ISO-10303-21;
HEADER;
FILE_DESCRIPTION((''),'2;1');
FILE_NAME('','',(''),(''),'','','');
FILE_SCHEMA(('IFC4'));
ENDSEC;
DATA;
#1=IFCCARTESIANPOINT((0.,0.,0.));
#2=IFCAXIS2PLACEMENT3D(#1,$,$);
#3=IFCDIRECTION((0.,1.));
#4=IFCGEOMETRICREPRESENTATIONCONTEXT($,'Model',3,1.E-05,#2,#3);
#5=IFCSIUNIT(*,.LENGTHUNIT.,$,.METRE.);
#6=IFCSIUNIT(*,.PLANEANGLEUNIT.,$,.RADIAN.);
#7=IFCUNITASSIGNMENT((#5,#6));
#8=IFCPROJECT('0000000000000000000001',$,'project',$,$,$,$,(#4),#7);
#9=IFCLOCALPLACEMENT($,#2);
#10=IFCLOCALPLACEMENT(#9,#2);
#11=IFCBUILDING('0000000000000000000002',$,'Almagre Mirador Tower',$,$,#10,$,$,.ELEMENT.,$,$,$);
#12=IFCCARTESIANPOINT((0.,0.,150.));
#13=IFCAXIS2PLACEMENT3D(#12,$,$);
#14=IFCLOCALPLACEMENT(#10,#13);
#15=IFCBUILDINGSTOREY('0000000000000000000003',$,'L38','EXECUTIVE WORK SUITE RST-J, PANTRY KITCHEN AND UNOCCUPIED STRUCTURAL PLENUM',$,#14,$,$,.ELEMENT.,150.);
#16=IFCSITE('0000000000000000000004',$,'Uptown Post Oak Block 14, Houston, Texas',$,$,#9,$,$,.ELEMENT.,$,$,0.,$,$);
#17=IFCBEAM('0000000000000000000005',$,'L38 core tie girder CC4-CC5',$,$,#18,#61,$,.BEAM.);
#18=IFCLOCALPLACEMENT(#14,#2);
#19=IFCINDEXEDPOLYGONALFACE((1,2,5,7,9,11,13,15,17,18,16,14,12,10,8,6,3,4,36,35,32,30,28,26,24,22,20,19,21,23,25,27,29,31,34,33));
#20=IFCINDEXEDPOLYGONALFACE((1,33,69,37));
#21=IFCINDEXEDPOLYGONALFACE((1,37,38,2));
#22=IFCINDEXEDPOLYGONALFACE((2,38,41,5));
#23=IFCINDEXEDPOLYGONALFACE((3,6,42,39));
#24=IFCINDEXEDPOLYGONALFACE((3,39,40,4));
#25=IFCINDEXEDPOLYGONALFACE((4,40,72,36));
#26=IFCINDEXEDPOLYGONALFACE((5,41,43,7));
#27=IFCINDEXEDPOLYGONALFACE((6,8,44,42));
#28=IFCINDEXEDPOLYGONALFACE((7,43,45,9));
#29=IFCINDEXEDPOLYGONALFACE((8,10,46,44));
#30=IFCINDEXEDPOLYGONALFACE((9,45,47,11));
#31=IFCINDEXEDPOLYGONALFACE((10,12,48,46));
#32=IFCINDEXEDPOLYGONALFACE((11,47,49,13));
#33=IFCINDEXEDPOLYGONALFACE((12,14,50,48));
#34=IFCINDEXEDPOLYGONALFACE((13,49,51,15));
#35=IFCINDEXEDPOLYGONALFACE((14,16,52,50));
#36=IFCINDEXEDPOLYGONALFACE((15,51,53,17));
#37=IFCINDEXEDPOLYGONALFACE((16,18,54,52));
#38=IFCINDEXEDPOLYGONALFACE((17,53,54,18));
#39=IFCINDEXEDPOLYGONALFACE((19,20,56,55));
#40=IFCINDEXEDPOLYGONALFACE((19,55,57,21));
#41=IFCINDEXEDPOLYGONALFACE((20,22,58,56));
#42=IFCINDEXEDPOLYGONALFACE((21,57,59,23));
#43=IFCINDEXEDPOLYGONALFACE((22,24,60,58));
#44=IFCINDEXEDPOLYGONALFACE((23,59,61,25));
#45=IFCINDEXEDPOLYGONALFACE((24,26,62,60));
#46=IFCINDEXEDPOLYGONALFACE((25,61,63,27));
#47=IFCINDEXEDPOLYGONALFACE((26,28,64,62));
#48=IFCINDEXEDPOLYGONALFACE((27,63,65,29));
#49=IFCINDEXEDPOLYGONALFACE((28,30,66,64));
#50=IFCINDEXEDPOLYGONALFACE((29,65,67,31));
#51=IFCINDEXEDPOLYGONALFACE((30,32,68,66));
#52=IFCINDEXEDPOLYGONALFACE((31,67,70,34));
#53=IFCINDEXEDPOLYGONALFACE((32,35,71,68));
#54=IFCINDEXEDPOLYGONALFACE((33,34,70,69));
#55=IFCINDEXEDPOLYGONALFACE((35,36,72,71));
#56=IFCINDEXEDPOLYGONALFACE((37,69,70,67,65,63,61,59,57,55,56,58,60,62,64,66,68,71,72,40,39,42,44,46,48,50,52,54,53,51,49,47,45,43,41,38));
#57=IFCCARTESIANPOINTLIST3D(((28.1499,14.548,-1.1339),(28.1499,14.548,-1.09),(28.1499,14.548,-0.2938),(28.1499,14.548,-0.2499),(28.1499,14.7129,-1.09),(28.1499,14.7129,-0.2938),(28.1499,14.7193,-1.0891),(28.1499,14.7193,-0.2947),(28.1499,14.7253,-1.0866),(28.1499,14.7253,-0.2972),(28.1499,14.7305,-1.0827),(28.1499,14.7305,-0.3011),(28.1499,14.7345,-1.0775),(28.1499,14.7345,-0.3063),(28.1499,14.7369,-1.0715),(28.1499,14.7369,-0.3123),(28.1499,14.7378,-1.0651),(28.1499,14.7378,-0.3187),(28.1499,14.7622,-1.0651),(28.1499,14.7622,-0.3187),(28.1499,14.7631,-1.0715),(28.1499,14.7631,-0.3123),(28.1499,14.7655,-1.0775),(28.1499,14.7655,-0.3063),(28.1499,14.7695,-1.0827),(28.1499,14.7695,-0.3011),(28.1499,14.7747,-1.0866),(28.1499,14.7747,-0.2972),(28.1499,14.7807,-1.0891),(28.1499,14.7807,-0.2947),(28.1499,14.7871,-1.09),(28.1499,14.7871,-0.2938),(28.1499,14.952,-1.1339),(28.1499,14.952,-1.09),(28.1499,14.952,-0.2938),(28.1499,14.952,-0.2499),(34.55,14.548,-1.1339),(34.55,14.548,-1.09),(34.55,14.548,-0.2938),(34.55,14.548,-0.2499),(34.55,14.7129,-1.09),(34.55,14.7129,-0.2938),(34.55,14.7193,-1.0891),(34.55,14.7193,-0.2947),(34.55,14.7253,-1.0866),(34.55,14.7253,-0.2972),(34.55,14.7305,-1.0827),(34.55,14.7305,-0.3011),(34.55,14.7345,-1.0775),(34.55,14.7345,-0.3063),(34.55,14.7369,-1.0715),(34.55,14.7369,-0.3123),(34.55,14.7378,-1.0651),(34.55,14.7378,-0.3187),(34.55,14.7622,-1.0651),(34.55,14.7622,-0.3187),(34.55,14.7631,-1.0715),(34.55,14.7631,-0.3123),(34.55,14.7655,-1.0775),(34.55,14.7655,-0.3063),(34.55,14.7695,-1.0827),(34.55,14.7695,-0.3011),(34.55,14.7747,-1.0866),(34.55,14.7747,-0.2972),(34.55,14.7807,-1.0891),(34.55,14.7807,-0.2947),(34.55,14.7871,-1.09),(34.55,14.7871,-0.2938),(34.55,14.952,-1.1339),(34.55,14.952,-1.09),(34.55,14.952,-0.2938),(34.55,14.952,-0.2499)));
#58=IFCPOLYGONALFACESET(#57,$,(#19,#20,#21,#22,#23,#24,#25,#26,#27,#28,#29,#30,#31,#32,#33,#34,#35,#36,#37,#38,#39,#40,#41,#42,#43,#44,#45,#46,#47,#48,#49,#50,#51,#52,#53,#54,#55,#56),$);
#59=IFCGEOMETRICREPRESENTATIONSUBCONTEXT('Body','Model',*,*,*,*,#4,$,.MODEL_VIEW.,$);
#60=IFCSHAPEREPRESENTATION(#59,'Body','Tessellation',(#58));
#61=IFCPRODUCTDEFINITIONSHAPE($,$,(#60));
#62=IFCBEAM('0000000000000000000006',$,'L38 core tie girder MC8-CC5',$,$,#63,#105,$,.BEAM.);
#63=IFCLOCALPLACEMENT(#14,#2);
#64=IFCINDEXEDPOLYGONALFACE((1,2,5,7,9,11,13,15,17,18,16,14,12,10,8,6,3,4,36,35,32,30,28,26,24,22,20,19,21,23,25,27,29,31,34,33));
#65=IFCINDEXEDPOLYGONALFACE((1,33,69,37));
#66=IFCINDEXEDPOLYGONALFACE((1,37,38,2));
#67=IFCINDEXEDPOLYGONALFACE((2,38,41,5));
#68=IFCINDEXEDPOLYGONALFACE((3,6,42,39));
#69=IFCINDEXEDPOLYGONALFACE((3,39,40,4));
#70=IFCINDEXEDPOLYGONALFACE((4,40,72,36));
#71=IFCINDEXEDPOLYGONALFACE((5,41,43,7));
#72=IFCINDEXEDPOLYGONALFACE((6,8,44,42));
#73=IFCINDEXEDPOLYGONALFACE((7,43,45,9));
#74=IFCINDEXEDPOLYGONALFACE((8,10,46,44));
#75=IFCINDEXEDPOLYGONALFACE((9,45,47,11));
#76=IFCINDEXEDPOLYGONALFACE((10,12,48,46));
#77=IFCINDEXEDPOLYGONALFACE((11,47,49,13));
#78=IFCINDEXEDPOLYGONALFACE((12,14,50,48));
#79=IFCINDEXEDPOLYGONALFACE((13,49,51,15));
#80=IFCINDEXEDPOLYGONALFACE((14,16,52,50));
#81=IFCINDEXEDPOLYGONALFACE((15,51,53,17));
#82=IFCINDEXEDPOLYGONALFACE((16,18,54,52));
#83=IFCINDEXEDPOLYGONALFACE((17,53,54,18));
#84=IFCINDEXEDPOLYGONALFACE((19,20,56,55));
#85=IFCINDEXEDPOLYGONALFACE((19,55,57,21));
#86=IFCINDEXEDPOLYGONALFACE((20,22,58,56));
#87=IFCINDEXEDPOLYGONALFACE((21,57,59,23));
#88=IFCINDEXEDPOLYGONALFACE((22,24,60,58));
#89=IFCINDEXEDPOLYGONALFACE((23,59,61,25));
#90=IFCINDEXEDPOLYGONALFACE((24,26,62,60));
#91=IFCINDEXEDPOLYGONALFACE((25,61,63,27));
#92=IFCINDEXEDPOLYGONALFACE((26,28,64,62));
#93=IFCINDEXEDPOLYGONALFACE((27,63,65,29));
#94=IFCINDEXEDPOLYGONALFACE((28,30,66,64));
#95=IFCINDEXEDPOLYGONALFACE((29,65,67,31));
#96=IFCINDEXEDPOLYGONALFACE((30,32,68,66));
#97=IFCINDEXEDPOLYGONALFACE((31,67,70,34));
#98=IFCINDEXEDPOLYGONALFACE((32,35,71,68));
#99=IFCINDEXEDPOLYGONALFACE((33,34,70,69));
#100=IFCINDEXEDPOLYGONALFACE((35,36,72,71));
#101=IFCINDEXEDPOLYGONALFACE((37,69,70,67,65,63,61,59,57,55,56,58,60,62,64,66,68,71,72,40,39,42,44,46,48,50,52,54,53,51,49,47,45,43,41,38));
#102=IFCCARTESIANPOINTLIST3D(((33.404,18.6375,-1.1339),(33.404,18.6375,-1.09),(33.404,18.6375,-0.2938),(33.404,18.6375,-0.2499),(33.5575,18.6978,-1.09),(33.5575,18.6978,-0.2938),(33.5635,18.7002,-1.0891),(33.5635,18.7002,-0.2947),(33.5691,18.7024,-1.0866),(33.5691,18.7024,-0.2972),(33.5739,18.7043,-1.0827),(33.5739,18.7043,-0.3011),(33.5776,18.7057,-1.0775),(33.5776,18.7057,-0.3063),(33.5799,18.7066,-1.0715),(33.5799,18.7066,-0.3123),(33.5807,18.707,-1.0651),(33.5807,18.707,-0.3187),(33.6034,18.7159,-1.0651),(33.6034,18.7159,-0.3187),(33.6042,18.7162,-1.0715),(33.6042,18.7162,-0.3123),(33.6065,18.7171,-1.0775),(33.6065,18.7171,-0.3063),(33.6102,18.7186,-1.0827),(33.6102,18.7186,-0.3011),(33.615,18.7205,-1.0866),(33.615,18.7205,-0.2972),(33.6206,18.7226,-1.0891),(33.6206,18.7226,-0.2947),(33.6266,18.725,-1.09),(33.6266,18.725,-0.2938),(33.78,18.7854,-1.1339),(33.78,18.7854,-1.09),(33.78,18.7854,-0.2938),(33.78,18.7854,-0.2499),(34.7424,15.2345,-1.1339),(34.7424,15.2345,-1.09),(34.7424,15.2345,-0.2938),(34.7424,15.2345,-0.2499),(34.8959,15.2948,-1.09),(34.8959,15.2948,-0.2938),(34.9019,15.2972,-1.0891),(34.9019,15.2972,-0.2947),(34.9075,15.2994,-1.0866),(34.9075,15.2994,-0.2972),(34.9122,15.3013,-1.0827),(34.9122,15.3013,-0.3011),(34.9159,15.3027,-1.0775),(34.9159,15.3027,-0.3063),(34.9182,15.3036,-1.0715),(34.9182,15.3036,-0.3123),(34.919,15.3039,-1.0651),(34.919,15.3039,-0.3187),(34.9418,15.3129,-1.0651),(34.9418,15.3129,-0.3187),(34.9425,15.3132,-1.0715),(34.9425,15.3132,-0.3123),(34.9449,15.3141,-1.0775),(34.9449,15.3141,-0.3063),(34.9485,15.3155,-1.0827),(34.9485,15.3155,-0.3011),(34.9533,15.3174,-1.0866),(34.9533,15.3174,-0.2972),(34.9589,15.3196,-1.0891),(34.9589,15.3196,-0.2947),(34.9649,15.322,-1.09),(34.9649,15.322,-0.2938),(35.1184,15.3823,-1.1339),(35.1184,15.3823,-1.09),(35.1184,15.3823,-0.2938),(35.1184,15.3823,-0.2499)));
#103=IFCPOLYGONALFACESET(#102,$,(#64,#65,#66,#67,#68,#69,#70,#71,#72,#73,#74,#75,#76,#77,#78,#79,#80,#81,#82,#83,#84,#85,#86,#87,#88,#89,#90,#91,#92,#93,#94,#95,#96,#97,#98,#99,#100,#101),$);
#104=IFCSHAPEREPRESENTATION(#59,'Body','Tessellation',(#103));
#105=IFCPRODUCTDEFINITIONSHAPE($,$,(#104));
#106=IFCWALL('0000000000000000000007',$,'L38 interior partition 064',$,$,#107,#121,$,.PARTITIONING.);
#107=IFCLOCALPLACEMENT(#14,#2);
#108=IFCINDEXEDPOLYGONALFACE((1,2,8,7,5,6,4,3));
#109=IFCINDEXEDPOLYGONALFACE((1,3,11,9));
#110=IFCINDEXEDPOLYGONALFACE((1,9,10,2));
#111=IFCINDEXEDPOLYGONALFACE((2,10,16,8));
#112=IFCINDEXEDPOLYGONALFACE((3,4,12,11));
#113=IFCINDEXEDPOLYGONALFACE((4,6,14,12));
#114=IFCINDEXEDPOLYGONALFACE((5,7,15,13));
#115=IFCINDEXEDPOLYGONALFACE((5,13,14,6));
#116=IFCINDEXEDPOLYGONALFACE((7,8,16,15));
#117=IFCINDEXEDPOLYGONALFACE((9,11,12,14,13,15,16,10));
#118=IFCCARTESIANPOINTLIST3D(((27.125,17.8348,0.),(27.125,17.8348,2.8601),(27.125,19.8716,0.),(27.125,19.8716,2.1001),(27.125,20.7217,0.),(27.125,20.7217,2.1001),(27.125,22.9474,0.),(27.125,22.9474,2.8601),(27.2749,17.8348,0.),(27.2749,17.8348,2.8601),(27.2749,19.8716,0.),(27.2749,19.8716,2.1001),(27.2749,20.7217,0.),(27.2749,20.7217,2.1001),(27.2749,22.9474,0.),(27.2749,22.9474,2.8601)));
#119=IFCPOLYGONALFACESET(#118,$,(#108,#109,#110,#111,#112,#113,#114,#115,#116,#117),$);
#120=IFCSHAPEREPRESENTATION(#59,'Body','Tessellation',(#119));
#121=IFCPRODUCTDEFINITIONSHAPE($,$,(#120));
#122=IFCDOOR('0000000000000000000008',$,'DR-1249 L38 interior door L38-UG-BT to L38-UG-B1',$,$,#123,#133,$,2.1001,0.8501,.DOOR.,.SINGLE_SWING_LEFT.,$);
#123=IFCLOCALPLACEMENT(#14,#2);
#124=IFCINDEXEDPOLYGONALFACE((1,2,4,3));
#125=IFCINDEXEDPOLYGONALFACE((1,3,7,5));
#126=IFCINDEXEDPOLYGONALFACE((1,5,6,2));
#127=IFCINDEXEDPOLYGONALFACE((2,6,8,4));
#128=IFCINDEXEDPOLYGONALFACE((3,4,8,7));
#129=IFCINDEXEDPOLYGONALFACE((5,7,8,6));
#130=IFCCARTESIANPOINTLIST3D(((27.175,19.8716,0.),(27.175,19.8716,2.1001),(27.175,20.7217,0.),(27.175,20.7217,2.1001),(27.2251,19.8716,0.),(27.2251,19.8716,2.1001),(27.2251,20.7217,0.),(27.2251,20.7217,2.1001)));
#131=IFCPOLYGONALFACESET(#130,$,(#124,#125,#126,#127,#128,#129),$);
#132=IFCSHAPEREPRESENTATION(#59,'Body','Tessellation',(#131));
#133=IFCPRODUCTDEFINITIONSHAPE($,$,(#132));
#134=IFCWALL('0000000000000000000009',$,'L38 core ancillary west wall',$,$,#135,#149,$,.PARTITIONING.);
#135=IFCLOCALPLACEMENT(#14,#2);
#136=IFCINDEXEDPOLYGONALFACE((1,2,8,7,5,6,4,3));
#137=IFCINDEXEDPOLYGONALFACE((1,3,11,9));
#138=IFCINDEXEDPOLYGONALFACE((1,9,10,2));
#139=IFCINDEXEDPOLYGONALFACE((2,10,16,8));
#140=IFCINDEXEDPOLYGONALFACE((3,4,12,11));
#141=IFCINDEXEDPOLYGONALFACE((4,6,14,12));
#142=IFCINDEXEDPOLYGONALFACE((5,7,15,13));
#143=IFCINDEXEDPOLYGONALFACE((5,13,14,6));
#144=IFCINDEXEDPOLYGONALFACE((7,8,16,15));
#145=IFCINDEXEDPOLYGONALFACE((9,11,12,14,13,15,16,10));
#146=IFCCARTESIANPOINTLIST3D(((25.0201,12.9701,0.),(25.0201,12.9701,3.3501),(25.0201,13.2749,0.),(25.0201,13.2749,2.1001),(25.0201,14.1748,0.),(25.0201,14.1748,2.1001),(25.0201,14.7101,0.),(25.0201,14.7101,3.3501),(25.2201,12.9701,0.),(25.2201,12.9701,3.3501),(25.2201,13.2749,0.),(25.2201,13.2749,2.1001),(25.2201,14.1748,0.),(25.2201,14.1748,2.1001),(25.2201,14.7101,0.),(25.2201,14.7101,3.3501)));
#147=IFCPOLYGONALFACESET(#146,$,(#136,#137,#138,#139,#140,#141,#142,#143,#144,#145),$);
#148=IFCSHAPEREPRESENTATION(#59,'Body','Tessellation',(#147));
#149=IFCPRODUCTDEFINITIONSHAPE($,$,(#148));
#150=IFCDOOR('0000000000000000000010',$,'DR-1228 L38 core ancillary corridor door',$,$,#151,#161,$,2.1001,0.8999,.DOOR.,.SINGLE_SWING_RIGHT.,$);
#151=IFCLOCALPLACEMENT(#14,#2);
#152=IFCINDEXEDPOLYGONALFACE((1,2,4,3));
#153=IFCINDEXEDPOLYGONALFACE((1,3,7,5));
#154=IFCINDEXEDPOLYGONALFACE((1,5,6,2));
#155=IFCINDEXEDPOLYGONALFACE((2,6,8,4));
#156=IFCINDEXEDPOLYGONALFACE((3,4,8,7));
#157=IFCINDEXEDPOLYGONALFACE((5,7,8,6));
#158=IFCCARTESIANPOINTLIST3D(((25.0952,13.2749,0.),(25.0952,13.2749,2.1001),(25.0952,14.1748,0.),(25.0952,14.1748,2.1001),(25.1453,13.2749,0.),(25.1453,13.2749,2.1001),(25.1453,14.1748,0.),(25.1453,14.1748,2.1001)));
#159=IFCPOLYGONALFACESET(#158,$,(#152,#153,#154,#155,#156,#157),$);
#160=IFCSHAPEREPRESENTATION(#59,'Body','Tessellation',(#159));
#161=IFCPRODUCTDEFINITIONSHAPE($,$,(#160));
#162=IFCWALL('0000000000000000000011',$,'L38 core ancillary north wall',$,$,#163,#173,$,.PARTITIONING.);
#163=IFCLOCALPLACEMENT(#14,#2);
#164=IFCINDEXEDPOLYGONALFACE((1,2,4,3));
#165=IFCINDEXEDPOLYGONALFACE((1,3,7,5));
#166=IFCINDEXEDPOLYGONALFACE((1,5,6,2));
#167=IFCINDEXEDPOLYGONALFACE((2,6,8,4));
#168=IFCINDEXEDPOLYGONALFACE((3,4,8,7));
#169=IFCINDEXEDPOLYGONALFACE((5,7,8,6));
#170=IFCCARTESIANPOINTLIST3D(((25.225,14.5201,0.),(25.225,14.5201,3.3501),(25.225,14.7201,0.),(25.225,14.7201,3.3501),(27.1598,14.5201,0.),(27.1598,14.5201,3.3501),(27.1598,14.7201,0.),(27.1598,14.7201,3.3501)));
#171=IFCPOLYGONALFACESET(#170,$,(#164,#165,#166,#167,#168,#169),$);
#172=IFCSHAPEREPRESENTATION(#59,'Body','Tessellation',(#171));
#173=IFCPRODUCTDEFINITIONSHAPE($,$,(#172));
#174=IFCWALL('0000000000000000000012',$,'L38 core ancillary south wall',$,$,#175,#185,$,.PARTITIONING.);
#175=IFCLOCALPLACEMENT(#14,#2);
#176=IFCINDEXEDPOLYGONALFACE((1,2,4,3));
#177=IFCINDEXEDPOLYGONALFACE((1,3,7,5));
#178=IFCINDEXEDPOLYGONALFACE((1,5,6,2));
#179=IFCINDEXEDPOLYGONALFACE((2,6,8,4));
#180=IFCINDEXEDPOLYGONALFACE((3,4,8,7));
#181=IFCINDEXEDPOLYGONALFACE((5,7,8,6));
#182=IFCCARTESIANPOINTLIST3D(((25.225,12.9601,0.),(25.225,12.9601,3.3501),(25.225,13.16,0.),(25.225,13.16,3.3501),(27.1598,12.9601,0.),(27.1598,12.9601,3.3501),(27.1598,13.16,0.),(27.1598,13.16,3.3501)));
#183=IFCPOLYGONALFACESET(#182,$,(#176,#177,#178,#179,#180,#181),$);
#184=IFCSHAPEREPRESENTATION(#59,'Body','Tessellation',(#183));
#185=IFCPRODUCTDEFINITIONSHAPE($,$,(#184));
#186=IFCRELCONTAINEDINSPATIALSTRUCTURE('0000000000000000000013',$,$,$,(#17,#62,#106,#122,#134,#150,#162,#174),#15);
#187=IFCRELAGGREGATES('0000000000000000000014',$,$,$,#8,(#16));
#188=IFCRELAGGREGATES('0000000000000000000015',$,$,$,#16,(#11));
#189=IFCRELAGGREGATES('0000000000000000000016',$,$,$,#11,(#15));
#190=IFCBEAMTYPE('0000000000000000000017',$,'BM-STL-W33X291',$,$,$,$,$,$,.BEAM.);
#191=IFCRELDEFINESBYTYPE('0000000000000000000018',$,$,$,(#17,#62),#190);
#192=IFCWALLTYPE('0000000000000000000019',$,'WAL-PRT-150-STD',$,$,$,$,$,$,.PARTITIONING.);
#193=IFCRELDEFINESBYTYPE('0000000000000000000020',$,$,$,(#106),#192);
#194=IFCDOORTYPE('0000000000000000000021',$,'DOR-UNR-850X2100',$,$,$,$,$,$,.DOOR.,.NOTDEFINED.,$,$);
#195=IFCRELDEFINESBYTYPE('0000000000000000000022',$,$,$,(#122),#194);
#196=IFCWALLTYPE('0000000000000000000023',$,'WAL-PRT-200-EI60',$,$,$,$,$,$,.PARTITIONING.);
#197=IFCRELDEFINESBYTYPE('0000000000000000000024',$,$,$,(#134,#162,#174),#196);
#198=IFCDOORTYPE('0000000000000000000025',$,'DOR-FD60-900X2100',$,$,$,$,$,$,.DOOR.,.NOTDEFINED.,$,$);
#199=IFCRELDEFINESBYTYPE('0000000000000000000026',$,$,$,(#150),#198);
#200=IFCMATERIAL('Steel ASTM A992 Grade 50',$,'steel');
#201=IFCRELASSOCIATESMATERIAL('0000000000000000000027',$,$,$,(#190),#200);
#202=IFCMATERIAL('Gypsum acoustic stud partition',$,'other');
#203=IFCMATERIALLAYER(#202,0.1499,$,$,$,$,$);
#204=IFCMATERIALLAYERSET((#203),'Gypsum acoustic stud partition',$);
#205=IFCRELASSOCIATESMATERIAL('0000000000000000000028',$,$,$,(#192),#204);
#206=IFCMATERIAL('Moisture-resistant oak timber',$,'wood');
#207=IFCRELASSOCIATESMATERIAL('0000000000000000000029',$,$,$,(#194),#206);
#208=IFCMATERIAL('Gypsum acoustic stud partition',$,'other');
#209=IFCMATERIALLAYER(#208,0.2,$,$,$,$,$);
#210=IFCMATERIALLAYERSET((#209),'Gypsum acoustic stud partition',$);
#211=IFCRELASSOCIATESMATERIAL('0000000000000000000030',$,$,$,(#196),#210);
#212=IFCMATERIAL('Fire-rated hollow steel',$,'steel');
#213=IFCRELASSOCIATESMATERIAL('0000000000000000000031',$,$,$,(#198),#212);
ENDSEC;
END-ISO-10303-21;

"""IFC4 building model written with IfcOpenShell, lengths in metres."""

from ifc_helpers import new_model, si_unit, direction, frame, frame_2d, origin, origin_2d, place, context, subcontext, project, spatial, rectangle, i_section, extrude, material, layer, layer_set, material_profile, profile_set, type_object, element, fill, save


model = new_model("IFC4")

# Units and contexts
model_context = context("Model", 3, precision=1e-05, world=origin(), true_north=direction((0.0, 1.0)))
body_context = subcontext(model_context, "Body", "Model", "MODEL_VIEW")
ifc_project = project(units=[si_unit("LENGTHUNIT", "METRE"), si_unit("PLANEANGLEUNIT", "RADIAN")], contexts=[model_context])

# Site, building, storey
site_placement = place(None, origin())
site = spatial("IfcSite", under=ifc_project, at=site_placement, Name="Uptown Post Oak Block 14, Houston, Texas", CompositionType="ELEMENT", RefElevation=0.0)
building_placement = place(site_placement, origin())
building = spatial("IfcBuilding", under=site, at=building_placement, Name="Almagre Mirador Tower", CompositionType="ELEMENT")
storey_placement = place(building_placement, frame((0.0, 0.0, 150.0)))
storey = spatial("IfcBuildingStorey", under=building, at=storey_placement, Name="L38", Description="EXECUTIVE WORK SUITE RST-J, PANTRY KITCHEN AND UNOCCUPIED STRUCTURAL PLENUM", CompositionType="ELEMENT", Elevation=150.0)

# Beams
ifc_material_1 = material(Name="Steel ASTM A992 Grade 50", Category="steel")
ifc_material_profile_1 = material_profile(ifc_material_1, i_section(OverallWidth=0.4041, OverallDepth=0.884, WebThickness=0.0244, FlangeThickness=0.0439, FilletRadius=0.0249, at=origin_2d()), Name="W33X291")
ifc_profile_set_1 = profile_set([ifc_material_profile_1], Name="Steel ASTM A992 Grade 50")
beam_type_1 = type_object("IfcBeamType", Name="BM-STL-W33X291", PredefinedType="BEAM", material=ifc_profile_set_1)
beam_1_placement = place(storey_placement, frame((28.1499, 14.75, -0.6919), z_axis=(1.0, 0.0, 0.0), x_axis=(0.0, 1.0, 0.0)))
element("IfcBeam", 1, at=beam_1_placement, inside=storey, type_object=beam_type_1, Name="L38 core tie girder CC4-CC5", PredefinedType="BEAM", context=body_context, shape_type="SweptSolid", body=[
    extrude(i_section(OverallWidth=0.4041, OverallDepth=0.884, WebThickness=0.0244, FlangeThickness=0.0439, FilletRadius=0.0249, at=origin_2d()), origin(), (0.0, 0.0, 1.0), 6.4001),
])
beam_2_placement = place(storey_placement, frame((33.592, 18.7114, -0.6919), z_axis=(0.365997, -0.930616, 0.0), x_axis=(0.930616, 0.365997, 0.0)))
element("IfcBeam", 2, at=beam_2_placement, inside=storey, type_object=beam_type_1, Name="L38 core tie girder MC8-CC5", PredefinedType="BEAM", context=body_context, shape_type="SweptSolid", body=[
    extrude(i_section(OverallWidth=0.4041, OverallDepth=0.884, WebThickness=0.0244, FlangeThickness=0.0439, FilletRadius=0.0249, at=origin_2d()), origin(), (0.0, 0.0, 1.0), 3.6567),
])

# Walls, openings, doors
ifc_material_2 = material(Name="Gypsum acoustic stud partition", Category="other")
ifc_layer_1 = layer(ifc_material_2, 0.1499)
ifc_layer_set_1 = layer_set([ifc_layer_1], Name="Gypsum acoustic stud partition")
wall_type_1 = type_object("IfcWallType", Name="WAL-PRT-150-STD", PredefinedType="PARTITIONING", material=ifc_layer_set_1)
wall_1_placement = place(storey_placement, frame((27.2, 17.835, 0.0), z_axis=(0.0, 0.0, 1.0), x_axis=(0.0, 1.0, 0.0)))
wall_1 = element("IfcWall", 3, at=wall_1_placement, inside=storey, type_object=wall_type_1, Name="L38 interior partition 064", PredefinedType="PARTITIONING", context=body_context, shape_type="SweptSolid", body=[
    extrude(rectangle(XDim=5.1125, YDim=0.1499, at=frame_2d((2.5562, 0.0))), origin(), (0.0, 0.0, 1.0), 2.8601),
])
opening_1_placement = place(wall_1_placement, frame((2.0366, 0.0, 0.0)))
opening_1 = element("IfcOpeningElement", 4, at=opening_1_placement, cuts=wall_1, PredefinedType="OPENING", context=body_context, shape_type="SweptSolid", body=[
    extrude(rectangle(XDim=0.8501, YDim=2.1001, at=frame_2d((0.425, 1.05))), frame((0.0, 0.085, 0.0), z_axis=(0.0, -1.0, 0.0), x_axis=(1.0, 0.0, 0.0)), (0.0, 0.0, 1.0), 0.1699),
])
ifc_material_3 = material(Name="Moisture-resistant oak timber", Category="wood")
door_type_1 = type_object("IfcDoorType", Name="DOR-UNR-850X2100", OperationType="NOTDEFINED", PredefinedType="DOOR", material=ifc_material_3)
door_1_placement = place(opening_1_placement, origin())
door_1 = element("IfcDoor", 5, at=door_1_placement, inside=storey, type_object=door_type_1, Name="DR-1249 L38 interior door L38-UG-BT to L38-UG-B1", OperationType="SINGLE_SWING_LEFT", OverallHeight=2.1001, OverallWidth=0.8501, PredefinedType="DOOR", context=body_context, shape_type="SweptSolid", body=[
    extrude(rectangle(XDim=0.8501, YDim=2.1001, at=frame_2d((0.425, 1.05))), frame((0.0, 0.0249, 0.0), z_axis=(0.0, -1.0, 0.0), x_axis=(1.0, 0.0, 0.0)), (0.0, 0.0, 1.0), 0.05),
])
fill(opening_1, door_1)
ifc_material_4 = material(Name="Gypsum acoustic stud partition", Category="other")
ifc_layer_2 = layer(ifc_material_4, 0.2)
ifc_layer_set_2 = layer_set([ifc_layer_2], Name="Gypsum acoustic stud partition")
wall_type_2 = type_object("IfcWallType", Name="WAL-PRT-200-EI60", PredefinedType="PARTITIONING", material=ifc_layer_set_2)
wall_2_placement = place(storey_placement, frame((25.1201, 12.97, 0.0), z_axis=(0.0, 0.0, 1.0), x_axis=(0.0, 1.0, 0.0)))
wall_2 = element("IfcWall", 6, at=wall_2_placement, inside=storey, type_object=wall_type_2, Name="L38 core ancillary west wall", PredefinedType="PARTITIONING", context=body_context, shape_type="SweptSolid", body=[
    extrude(rectangle(XDim=1.74, YDim=0.2, at=frame_2d((0.8701, 0.0))), origin(), (0.0, 0.0, 1.0), 3.3501),
])
opening_2_placement = place(wall_2_placement, frame((0.3049, 0.0, 0.0)))
opening_2 = element("IfcOpeningElement", 7, at=opening_2_placement, cuts=wall_2, PredefinedType="OPENING", context=body_context, shape_type="SweptSolid", body=[
    extrude(rectangle(XDim=0.8999, YDim=2.1001, at=frame_2d((0.45, 1.05))), frame((0.0, 0.1101, 0.0), z_axis=(0.0, -1.0, 0.0), x_axis=(1.0, 0.0, 0.0)), (0.0, 0.0, 1.0), 0.22),
])
ifc_material_5 = material(Name="Fire-rated hollow steel", Category="steel")
door_type_2 = type_object("IfcDoorType", Name="DOR-FD60-900X2100", OperationType="NOTDEFINED", PredefinedType="DOOR", material=ifc_material_5)
door_2_placement = place(opening_2_placement, origin())
door_2 = element("IfcDoor", 8, at=door_2_placement, inside=storey, type_object=door_type_2, Name="DR-1228 L38 core ancillary corridor door", OperationType="SINGLE_SWING_RIGHT", OverallHeight=2.1001, OverallWidth=0.8999, PredefinedType="DOOR", context=body_context, shape_type="SweptSolid", body=[
    extrude(rectangle(XDim=0.8999, YDim=2.1001, at=frame_2d((0.45, 1.05))), frame((0.0, 0.0249, 0.0), z_axis=(0.0, -1.0, 0.0), x_axis=(1.0, 0.0, 0.0)), (0.0, 0.0, 1.0), 0.05),
])
fill(opening_2, door_2)

# Walls
for number, where, z_axis, x_axis, name in (
    (9, (25.2251, 14.6201, 0.0), (0.0, 0.0, 1.0), (1.0, 0.0, 0.0), "L38 core ancillary north wall"),
    (10, (25.2251, 13.0601, 0.0), (0.0, 0.0, 1.0), (1.0, 0.0, 0.0), "L38 core ancillary south wall"),
):
    element("IfcWall", number, at=place(storey_placement, frame(where, z_axis=z_axis, x_axis=x_axis)), inside=storey, type_object=wall_type_2, Name=name, PredefinedType="PARTITIONING", context=body_context, shape_type="SweptSolid", body=[
        extrude(rectangle(XDim=1.9348, YDim=0.2, at=frame_2d((0.9673, 0.0))), origin(), (0.0, 0.0, 1.0), 3.3501),
    ])

save(model, "model.ifc")
